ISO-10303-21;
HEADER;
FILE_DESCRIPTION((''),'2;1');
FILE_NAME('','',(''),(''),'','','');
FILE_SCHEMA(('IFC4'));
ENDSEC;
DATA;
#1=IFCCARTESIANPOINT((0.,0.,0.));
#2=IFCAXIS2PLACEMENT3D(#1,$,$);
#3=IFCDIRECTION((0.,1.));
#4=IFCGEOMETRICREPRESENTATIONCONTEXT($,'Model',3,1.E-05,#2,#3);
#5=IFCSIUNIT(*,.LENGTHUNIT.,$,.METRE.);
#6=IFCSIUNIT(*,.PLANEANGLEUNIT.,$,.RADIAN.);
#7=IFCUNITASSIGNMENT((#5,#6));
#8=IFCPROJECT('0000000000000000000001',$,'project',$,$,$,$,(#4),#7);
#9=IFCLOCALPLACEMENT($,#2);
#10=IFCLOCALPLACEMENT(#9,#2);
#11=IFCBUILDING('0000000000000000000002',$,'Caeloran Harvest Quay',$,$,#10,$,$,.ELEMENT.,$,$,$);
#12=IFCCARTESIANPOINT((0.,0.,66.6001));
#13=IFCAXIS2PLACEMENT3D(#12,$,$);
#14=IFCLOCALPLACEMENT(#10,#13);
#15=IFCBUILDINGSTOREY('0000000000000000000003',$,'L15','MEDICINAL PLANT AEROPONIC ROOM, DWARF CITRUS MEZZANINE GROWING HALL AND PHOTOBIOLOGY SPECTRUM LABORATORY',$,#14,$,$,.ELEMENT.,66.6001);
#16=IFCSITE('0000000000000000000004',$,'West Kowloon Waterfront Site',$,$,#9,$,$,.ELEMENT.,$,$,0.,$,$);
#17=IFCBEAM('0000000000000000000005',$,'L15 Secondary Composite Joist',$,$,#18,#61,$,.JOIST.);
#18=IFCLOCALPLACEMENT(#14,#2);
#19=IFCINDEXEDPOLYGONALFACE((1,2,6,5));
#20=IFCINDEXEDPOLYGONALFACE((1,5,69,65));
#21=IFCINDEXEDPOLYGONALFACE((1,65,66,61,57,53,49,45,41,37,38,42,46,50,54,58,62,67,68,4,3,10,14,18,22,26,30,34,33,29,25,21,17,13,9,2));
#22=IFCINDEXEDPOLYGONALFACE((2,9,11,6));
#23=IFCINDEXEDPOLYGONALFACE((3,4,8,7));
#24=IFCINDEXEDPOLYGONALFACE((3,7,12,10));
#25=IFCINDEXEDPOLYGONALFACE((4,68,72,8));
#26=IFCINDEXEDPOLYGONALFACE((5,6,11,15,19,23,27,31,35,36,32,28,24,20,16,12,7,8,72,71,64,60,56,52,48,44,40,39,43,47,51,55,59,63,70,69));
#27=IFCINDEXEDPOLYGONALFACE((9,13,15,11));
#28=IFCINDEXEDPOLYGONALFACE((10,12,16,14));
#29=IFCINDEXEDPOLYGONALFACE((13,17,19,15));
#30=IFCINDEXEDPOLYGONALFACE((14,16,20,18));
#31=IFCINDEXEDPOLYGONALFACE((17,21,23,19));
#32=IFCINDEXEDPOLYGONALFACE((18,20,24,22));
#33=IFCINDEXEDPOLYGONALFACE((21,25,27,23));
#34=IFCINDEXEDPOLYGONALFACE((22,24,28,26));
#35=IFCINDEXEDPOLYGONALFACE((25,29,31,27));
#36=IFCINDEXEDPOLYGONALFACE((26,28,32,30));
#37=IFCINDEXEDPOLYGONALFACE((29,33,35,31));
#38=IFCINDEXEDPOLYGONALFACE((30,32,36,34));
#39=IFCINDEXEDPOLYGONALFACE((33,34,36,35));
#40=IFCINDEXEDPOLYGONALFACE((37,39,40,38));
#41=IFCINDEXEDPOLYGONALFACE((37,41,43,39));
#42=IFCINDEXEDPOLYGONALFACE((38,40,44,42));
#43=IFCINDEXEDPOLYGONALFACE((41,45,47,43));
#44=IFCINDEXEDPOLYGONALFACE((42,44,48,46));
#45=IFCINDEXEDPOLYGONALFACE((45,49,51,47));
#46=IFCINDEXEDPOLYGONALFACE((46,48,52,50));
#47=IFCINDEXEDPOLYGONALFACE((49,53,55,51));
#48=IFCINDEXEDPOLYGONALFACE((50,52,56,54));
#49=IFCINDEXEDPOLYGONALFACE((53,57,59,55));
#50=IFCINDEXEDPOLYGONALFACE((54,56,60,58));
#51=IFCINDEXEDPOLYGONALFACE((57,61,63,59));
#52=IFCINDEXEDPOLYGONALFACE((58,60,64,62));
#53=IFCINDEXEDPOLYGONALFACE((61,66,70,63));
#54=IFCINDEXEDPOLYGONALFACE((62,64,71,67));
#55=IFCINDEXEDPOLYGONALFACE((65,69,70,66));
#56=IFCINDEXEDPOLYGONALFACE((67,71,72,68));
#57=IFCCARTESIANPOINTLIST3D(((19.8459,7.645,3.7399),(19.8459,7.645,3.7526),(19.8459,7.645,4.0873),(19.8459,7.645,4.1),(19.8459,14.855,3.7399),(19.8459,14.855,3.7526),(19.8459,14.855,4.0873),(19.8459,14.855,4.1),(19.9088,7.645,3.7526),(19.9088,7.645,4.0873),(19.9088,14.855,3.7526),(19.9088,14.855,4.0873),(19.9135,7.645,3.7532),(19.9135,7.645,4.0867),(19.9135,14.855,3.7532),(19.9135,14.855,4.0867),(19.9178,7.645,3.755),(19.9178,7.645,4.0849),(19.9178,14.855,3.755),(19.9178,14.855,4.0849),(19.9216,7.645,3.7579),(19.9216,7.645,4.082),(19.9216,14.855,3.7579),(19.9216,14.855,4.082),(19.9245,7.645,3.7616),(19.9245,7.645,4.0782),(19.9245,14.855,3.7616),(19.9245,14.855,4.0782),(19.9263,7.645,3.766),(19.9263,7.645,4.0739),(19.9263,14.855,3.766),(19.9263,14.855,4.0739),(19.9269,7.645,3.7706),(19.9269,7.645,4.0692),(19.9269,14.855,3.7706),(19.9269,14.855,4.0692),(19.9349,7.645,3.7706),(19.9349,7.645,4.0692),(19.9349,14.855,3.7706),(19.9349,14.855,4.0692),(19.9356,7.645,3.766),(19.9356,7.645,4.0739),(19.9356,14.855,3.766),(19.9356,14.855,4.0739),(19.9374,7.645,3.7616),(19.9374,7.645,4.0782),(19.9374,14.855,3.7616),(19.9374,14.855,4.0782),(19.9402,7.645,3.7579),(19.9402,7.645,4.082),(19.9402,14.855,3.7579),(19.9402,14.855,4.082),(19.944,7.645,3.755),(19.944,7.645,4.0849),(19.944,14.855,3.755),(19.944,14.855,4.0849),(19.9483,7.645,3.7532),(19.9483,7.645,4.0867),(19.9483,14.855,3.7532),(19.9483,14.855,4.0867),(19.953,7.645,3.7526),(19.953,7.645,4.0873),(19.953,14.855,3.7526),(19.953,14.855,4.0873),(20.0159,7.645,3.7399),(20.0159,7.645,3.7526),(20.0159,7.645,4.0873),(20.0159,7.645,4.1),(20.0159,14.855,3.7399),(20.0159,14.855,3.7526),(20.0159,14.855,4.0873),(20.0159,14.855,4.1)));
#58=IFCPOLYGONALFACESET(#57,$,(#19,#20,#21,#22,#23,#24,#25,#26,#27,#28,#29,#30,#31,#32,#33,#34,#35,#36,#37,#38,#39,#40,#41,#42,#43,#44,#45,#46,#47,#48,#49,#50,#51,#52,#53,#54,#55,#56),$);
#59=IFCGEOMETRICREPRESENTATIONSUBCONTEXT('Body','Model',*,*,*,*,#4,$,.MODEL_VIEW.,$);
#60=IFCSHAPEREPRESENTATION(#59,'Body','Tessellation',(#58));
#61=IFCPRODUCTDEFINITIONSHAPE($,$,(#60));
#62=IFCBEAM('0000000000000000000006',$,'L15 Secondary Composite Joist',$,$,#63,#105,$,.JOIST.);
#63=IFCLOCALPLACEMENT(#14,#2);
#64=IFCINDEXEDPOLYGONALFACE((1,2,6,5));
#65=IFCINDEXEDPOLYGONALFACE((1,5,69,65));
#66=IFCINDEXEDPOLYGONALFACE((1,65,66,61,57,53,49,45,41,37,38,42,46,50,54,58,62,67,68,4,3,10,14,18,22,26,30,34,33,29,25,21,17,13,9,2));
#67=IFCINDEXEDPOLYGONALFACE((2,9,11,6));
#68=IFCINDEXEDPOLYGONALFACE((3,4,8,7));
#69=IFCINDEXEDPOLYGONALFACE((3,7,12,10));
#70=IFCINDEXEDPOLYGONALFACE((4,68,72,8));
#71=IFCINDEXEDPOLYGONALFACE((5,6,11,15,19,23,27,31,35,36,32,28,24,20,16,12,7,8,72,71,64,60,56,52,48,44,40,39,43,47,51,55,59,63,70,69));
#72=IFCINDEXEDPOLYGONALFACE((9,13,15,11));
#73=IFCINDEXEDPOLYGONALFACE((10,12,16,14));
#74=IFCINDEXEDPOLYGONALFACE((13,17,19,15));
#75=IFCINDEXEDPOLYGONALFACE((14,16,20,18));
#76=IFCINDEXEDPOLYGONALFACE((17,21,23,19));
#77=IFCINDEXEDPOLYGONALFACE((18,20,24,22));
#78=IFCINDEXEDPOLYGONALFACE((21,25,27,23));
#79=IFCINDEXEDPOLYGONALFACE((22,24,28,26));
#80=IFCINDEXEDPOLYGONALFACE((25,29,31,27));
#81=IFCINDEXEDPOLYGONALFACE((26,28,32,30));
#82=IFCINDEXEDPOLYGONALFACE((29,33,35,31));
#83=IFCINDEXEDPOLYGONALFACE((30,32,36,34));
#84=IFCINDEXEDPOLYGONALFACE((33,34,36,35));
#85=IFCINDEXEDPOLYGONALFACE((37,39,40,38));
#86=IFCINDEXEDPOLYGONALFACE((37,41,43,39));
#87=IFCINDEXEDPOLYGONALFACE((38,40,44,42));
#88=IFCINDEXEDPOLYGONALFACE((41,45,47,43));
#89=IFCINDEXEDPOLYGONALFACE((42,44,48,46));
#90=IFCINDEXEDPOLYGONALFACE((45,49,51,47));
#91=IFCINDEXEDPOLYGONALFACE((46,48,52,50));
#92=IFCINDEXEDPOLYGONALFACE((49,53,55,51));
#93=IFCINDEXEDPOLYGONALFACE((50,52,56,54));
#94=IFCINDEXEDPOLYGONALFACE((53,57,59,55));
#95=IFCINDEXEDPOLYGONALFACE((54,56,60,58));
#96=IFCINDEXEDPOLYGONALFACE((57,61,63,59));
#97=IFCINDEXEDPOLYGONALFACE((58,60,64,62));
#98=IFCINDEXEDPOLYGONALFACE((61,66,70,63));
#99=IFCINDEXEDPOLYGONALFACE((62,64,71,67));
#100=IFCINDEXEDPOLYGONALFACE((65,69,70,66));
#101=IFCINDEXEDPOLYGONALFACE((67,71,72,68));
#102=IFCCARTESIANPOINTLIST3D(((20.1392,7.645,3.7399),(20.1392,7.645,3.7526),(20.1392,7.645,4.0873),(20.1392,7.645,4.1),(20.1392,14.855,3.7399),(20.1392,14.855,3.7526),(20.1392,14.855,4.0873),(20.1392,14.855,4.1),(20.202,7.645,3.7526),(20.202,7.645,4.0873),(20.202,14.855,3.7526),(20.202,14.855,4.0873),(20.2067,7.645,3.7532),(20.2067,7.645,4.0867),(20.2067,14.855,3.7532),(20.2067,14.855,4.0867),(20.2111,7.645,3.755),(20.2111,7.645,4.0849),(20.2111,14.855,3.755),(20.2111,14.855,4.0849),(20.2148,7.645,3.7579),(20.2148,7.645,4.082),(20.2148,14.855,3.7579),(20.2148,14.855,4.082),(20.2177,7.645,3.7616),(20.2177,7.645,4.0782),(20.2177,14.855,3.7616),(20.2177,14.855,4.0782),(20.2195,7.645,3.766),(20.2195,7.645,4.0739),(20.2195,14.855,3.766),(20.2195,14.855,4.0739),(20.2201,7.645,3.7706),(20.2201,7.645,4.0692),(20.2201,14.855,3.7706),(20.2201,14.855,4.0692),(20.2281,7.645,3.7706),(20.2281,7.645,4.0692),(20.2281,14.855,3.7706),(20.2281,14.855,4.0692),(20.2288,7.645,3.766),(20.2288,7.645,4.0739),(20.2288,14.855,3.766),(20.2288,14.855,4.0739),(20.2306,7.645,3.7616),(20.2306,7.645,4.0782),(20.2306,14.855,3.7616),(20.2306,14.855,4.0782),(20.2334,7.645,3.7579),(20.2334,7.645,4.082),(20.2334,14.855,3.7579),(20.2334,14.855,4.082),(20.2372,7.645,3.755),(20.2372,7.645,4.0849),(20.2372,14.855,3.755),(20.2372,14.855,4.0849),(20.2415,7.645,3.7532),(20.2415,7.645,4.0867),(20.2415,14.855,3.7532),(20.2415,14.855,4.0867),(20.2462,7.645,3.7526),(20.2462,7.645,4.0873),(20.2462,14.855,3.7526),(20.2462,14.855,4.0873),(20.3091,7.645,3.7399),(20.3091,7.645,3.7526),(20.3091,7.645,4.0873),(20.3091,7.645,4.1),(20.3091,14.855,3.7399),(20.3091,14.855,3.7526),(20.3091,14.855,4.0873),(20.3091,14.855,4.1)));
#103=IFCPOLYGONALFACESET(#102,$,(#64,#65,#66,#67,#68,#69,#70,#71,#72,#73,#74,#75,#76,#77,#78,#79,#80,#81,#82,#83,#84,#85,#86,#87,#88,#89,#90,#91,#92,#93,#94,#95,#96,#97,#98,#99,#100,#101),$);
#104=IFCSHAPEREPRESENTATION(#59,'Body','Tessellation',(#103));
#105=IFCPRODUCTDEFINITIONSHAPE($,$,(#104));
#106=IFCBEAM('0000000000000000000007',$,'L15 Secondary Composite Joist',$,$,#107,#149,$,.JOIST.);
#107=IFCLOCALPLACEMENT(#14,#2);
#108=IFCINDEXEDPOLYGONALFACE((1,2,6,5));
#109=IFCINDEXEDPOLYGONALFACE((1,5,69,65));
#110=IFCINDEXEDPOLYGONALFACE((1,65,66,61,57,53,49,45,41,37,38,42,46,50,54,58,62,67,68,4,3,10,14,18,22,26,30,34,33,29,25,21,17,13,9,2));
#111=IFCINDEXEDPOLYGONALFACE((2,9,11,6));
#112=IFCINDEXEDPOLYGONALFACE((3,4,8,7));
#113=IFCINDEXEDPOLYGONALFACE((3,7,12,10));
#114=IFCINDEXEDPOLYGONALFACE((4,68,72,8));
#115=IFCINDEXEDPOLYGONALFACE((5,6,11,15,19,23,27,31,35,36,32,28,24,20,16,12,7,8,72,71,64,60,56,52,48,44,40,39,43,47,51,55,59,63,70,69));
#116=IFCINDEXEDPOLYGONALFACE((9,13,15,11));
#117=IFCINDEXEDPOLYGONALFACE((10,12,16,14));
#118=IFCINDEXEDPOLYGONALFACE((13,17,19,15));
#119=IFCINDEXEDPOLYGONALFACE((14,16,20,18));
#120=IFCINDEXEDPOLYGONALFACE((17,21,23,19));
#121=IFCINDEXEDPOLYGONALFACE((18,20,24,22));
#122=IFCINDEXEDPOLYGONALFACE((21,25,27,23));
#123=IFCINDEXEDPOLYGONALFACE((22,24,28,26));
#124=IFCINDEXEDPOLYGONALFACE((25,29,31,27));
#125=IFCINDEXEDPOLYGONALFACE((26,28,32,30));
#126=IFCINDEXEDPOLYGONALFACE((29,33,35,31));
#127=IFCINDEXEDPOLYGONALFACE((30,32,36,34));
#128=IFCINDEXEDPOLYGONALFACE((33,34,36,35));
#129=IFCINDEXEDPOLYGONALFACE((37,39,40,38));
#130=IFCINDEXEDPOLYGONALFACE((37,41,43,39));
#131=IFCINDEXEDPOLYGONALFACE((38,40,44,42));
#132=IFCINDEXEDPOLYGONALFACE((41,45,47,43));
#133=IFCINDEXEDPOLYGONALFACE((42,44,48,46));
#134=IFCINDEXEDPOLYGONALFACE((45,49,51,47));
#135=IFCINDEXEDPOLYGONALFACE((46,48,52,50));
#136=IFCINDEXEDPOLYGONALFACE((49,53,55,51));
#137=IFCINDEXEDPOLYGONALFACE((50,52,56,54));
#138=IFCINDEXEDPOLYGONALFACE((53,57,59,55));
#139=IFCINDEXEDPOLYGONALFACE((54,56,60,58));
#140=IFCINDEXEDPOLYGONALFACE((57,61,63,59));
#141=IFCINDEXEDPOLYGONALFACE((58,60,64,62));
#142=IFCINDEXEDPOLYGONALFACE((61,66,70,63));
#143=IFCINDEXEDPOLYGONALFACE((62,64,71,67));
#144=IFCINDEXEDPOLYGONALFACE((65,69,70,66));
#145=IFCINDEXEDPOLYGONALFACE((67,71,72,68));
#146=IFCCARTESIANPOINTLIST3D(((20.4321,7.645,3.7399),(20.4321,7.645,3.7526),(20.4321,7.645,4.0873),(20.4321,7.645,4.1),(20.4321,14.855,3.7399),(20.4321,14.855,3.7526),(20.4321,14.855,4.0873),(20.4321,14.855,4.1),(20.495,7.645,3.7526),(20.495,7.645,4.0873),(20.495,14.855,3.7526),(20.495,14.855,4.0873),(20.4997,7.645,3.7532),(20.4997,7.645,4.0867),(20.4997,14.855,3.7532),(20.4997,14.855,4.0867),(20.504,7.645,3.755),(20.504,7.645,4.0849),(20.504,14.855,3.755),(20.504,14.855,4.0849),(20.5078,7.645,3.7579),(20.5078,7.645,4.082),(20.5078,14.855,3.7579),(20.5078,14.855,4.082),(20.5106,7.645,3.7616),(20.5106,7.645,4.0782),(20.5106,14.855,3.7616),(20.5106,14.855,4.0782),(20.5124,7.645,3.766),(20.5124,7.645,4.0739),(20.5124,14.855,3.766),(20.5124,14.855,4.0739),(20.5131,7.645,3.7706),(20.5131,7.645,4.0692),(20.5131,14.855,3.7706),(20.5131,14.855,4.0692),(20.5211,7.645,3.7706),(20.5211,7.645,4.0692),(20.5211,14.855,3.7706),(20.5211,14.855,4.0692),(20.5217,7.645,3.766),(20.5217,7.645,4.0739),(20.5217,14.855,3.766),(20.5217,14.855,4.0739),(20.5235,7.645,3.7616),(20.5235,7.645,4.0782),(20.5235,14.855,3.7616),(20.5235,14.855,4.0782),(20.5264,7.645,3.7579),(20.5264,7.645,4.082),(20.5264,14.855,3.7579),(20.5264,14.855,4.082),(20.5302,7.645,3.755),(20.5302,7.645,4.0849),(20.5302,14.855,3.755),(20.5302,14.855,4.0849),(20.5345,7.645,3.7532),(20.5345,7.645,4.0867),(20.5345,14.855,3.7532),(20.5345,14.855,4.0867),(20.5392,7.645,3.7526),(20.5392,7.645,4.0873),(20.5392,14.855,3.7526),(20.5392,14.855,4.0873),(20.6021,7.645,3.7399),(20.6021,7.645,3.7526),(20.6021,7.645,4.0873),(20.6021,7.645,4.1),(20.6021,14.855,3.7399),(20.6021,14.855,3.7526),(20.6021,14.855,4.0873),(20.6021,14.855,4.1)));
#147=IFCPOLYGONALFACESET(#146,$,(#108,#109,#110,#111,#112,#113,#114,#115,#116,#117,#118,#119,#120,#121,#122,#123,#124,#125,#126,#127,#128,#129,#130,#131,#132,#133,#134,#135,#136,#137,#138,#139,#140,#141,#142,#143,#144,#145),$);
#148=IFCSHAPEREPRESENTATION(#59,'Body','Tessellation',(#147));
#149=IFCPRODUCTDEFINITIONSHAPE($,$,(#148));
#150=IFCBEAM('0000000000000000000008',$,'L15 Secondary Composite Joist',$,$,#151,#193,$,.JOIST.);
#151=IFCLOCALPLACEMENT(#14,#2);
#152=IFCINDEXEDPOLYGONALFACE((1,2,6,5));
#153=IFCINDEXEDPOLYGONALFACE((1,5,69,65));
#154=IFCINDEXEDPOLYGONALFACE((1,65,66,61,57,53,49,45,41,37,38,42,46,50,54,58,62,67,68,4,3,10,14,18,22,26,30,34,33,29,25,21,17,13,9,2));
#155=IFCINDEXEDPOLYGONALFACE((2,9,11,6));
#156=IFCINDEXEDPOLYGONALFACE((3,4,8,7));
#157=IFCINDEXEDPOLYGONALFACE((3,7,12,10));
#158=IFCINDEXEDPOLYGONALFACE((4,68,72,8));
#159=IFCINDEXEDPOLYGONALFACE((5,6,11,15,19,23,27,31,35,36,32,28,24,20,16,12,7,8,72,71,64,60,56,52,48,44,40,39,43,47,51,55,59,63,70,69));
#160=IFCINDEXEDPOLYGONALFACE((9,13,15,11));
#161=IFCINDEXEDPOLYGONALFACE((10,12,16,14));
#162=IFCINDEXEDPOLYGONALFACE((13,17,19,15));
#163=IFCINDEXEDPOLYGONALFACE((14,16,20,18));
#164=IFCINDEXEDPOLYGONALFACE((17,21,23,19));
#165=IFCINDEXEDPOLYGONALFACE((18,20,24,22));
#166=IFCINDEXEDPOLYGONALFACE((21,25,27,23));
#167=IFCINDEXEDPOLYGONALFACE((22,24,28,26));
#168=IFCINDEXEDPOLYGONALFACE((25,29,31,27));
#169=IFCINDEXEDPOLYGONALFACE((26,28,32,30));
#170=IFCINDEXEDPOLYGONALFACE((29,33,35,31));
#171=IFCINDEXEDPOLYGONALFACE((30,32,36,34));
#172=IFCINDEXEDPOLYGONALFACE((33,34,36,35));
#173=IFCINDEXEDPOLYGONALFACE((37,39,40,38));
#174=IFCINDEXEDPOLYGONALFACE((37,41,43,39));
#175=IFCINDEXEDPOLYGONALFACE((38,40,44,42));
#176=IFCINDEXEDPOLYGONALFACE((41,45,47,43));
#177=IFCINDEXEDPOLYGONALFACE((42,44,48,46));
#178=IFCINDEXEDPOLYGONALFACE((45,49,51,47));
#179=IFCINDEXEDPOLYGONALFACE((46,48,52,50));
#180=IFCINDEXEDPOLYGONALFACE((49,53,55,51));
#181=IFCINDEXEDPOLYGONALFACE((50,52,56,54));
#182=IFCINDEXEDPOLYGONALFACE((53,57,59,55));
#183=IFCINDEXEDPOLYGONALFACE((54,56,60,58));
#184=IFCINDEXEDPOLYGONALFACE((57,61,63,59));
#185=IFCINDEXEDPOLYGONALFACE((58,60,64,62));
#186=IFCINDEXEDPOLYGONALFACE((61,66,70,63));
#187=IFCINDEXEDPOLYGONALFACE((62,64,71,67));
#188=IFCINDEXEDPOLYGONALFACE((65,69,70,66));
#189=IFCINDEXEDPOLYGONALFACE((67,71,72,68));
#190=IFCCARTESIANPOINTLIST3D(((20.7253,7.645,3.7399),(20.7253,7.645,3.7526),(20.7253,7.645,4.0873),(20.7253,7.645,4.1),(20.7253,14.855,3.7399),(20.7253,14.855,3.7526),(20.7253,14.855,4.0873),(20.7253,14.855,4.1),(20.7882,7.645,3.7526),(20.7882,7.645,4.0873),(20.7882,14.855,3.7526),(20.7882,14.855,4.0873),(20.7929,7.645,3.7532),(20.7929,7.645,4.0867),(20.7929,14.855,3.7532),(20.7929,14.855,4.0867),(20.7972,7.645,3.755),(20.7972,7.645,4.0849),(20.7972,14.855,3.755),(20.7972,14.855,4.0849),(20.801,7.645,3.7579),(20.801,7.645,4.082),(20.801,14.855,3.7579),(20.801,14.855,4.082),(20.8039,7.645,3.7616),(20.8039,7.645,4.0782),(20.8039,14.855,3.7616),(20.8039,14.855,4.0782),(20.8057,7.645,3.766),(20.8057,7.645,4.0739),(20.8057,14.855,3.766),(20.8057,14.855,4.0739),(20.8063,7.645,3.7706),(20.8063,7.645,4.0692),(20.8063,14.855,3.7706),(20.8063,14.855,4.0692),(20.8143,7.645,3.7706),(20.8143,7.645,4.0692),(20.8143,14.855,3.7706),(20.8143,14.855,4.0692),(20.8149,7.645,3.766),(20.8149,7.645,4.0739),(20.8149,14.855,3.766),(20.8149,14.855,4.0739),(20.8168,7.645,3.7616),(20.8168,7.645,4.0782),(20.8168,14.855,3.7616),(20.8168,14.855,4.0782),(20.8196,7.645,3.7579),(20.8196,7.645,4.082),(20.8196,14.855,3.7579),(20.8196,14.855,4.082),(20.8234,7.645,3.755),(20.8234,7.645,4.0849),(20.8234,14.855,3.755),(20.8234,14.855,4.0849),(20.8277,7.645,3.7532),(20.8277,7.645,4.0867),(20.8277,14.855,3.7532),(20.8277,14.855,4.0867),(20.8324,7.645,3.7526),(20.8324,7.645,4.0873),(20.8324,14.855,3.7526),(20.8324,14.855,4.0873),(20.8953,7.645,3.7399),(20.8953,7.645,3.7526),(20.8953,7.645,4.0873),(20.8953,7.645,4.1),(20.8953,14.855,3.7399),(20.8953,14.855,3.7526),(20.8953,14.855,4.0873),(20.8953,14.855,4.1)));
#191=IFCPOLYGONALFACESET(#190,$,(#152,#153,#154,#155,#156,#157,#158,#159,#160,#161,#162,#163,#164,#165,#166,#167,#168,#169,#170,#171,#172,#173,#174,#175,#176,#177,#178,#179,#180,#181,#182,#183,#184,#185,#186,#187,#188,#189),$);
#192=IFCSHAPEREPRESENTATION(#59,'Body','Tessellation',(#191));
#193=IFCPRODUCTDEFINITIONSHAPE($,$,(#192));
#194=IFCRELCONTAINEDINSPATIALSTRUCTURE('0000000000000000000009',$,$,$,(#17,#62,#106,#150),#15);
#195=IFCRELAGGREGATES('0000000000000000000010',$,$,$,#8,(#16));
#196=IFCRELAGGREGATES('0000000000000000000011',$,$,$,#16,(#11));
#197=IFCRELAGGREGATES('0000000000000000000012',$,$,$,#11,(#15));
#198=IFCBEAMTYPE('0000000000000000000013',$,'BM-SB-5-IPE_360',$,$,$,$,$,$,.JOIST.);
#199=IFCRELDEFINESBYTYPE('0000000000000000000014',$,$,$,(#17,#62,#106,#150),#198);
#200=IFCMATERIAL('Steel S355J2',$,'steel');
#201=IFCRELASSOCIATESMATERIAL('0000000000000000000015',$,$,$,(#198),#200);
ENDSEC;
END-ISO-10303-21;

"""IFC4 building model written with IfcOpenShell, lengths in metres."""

from ifc_helpers import new_model, si_unit, direction, frame, origin, origin_2d, place, context, subcontext, project, spatial, i_section, extrude, material, material_profile, profile_set, type_object, element, save


model = new_model("IFC4")

# Units and contexts
model_context = context("Model", 3, precision=1e-05, world=origin(), true_north=direction((0.0, 1.0)))
body_context = subcontext(model_context, "Body", "Model", "MODEL_VIEW")
ifc_project = project(units=[si_unit("LENGTHUNIT", "METRE"), si_unit("PLANEANGLEUNIT", "RADIAN")], contexts=[model_context])

# Site, building, storey
site_placement = place(None, origin())
site = spatial("IfcSite", under=ifc_project, at=site_placement, Name="West Kowloon Waterfront Site", CompositionType="ELEMENT", RefElevation=0.0)
building_placement = place(site_placement, origin())
building = spatial("IfcBuilding", under=site, at=building_placement, Name="Caeloran Harvest Quay", CompositionType="ELEMENT")
storey_placement = place(building_placement, frame((0.0, 0.0, 66.6001)))
storey = spatial("IfcBuildingStorey", under=building, at=storey_placement, Name="L15", Description="MEDICINAL PLANT AEROPONIC ROOM, DWARF CITRUS MEZZANINE GROWING HALL AND PHOTOBIOLOGY SPECTRUM LABORATORY", CompositionType="ELEMENT", Elevation=66.6001)

# Beams
ifc_material_1 = material(Name="Steel S355J2", Category="steel")
ifc_material_profile_1 = material_profile(ifc_material_1, i_section(OverallWidth=0.1699, OverallDepth=0.3601, WebThickness=0.0081, FlangeThickness=0.0127, FilletRadius=0.0181, at=origin_2d()), Name="IPE 360")
ifc_profile_set_1 = profile_set([ifc_material_profile_1], Name="Steel S355J2")
beam_type_1 = type_object("IfcBeamType", Name="BM-SB-5-IPE_360", PredefinedType="JOIST", material=ifc_profile_set_1)
for number, where, z_axis, x_axis, name in (
    (1, (19.9309, 7.645, 3.9199), (0.0, 1.0, 0.0), (-1.0, 0.0, 0.0), "L15 Secondary Composite Joist"),
    (2, (20.2241, 7.645, 3.9199), (0.0, 1.0, 0.0), (-1.0, 0.0, 0.0), "L15 Secondary Composite Joist"),
    (3, (20.5171, 7.645, 3.9199), (0.0, 1.0, 0.0), (-1.0, 0.0, 0.0), "L15 Secondary Composite Joist"),
    (4, (20.8103, 7.645, 3.9199), (0.0, 1.0, 0.0), (-1.0, 0.0, 0.0), "L15 Secondary Composite Joist"),
):
    element("IfcBeam", number, at=place(storey_placement, frame(where, z_axis=z_axis, x_axis=x_axis)), inside=storey, type_object=beam_type_1, Name=name, PredefinedType="JOIST", context=body_context, shape_type="SweptSolid", body=[
        extrude(i_section(OverallWidth=0.1699, OverallDepth=0.3601, WebThickness=0.0081, FlangeThickness=0.0127, FilletRadius=0.0181, at=origin_2d()), origin(), (0.0, 0.0, 1.0), 7.21),
    ])

save(model, "model.ifc")
